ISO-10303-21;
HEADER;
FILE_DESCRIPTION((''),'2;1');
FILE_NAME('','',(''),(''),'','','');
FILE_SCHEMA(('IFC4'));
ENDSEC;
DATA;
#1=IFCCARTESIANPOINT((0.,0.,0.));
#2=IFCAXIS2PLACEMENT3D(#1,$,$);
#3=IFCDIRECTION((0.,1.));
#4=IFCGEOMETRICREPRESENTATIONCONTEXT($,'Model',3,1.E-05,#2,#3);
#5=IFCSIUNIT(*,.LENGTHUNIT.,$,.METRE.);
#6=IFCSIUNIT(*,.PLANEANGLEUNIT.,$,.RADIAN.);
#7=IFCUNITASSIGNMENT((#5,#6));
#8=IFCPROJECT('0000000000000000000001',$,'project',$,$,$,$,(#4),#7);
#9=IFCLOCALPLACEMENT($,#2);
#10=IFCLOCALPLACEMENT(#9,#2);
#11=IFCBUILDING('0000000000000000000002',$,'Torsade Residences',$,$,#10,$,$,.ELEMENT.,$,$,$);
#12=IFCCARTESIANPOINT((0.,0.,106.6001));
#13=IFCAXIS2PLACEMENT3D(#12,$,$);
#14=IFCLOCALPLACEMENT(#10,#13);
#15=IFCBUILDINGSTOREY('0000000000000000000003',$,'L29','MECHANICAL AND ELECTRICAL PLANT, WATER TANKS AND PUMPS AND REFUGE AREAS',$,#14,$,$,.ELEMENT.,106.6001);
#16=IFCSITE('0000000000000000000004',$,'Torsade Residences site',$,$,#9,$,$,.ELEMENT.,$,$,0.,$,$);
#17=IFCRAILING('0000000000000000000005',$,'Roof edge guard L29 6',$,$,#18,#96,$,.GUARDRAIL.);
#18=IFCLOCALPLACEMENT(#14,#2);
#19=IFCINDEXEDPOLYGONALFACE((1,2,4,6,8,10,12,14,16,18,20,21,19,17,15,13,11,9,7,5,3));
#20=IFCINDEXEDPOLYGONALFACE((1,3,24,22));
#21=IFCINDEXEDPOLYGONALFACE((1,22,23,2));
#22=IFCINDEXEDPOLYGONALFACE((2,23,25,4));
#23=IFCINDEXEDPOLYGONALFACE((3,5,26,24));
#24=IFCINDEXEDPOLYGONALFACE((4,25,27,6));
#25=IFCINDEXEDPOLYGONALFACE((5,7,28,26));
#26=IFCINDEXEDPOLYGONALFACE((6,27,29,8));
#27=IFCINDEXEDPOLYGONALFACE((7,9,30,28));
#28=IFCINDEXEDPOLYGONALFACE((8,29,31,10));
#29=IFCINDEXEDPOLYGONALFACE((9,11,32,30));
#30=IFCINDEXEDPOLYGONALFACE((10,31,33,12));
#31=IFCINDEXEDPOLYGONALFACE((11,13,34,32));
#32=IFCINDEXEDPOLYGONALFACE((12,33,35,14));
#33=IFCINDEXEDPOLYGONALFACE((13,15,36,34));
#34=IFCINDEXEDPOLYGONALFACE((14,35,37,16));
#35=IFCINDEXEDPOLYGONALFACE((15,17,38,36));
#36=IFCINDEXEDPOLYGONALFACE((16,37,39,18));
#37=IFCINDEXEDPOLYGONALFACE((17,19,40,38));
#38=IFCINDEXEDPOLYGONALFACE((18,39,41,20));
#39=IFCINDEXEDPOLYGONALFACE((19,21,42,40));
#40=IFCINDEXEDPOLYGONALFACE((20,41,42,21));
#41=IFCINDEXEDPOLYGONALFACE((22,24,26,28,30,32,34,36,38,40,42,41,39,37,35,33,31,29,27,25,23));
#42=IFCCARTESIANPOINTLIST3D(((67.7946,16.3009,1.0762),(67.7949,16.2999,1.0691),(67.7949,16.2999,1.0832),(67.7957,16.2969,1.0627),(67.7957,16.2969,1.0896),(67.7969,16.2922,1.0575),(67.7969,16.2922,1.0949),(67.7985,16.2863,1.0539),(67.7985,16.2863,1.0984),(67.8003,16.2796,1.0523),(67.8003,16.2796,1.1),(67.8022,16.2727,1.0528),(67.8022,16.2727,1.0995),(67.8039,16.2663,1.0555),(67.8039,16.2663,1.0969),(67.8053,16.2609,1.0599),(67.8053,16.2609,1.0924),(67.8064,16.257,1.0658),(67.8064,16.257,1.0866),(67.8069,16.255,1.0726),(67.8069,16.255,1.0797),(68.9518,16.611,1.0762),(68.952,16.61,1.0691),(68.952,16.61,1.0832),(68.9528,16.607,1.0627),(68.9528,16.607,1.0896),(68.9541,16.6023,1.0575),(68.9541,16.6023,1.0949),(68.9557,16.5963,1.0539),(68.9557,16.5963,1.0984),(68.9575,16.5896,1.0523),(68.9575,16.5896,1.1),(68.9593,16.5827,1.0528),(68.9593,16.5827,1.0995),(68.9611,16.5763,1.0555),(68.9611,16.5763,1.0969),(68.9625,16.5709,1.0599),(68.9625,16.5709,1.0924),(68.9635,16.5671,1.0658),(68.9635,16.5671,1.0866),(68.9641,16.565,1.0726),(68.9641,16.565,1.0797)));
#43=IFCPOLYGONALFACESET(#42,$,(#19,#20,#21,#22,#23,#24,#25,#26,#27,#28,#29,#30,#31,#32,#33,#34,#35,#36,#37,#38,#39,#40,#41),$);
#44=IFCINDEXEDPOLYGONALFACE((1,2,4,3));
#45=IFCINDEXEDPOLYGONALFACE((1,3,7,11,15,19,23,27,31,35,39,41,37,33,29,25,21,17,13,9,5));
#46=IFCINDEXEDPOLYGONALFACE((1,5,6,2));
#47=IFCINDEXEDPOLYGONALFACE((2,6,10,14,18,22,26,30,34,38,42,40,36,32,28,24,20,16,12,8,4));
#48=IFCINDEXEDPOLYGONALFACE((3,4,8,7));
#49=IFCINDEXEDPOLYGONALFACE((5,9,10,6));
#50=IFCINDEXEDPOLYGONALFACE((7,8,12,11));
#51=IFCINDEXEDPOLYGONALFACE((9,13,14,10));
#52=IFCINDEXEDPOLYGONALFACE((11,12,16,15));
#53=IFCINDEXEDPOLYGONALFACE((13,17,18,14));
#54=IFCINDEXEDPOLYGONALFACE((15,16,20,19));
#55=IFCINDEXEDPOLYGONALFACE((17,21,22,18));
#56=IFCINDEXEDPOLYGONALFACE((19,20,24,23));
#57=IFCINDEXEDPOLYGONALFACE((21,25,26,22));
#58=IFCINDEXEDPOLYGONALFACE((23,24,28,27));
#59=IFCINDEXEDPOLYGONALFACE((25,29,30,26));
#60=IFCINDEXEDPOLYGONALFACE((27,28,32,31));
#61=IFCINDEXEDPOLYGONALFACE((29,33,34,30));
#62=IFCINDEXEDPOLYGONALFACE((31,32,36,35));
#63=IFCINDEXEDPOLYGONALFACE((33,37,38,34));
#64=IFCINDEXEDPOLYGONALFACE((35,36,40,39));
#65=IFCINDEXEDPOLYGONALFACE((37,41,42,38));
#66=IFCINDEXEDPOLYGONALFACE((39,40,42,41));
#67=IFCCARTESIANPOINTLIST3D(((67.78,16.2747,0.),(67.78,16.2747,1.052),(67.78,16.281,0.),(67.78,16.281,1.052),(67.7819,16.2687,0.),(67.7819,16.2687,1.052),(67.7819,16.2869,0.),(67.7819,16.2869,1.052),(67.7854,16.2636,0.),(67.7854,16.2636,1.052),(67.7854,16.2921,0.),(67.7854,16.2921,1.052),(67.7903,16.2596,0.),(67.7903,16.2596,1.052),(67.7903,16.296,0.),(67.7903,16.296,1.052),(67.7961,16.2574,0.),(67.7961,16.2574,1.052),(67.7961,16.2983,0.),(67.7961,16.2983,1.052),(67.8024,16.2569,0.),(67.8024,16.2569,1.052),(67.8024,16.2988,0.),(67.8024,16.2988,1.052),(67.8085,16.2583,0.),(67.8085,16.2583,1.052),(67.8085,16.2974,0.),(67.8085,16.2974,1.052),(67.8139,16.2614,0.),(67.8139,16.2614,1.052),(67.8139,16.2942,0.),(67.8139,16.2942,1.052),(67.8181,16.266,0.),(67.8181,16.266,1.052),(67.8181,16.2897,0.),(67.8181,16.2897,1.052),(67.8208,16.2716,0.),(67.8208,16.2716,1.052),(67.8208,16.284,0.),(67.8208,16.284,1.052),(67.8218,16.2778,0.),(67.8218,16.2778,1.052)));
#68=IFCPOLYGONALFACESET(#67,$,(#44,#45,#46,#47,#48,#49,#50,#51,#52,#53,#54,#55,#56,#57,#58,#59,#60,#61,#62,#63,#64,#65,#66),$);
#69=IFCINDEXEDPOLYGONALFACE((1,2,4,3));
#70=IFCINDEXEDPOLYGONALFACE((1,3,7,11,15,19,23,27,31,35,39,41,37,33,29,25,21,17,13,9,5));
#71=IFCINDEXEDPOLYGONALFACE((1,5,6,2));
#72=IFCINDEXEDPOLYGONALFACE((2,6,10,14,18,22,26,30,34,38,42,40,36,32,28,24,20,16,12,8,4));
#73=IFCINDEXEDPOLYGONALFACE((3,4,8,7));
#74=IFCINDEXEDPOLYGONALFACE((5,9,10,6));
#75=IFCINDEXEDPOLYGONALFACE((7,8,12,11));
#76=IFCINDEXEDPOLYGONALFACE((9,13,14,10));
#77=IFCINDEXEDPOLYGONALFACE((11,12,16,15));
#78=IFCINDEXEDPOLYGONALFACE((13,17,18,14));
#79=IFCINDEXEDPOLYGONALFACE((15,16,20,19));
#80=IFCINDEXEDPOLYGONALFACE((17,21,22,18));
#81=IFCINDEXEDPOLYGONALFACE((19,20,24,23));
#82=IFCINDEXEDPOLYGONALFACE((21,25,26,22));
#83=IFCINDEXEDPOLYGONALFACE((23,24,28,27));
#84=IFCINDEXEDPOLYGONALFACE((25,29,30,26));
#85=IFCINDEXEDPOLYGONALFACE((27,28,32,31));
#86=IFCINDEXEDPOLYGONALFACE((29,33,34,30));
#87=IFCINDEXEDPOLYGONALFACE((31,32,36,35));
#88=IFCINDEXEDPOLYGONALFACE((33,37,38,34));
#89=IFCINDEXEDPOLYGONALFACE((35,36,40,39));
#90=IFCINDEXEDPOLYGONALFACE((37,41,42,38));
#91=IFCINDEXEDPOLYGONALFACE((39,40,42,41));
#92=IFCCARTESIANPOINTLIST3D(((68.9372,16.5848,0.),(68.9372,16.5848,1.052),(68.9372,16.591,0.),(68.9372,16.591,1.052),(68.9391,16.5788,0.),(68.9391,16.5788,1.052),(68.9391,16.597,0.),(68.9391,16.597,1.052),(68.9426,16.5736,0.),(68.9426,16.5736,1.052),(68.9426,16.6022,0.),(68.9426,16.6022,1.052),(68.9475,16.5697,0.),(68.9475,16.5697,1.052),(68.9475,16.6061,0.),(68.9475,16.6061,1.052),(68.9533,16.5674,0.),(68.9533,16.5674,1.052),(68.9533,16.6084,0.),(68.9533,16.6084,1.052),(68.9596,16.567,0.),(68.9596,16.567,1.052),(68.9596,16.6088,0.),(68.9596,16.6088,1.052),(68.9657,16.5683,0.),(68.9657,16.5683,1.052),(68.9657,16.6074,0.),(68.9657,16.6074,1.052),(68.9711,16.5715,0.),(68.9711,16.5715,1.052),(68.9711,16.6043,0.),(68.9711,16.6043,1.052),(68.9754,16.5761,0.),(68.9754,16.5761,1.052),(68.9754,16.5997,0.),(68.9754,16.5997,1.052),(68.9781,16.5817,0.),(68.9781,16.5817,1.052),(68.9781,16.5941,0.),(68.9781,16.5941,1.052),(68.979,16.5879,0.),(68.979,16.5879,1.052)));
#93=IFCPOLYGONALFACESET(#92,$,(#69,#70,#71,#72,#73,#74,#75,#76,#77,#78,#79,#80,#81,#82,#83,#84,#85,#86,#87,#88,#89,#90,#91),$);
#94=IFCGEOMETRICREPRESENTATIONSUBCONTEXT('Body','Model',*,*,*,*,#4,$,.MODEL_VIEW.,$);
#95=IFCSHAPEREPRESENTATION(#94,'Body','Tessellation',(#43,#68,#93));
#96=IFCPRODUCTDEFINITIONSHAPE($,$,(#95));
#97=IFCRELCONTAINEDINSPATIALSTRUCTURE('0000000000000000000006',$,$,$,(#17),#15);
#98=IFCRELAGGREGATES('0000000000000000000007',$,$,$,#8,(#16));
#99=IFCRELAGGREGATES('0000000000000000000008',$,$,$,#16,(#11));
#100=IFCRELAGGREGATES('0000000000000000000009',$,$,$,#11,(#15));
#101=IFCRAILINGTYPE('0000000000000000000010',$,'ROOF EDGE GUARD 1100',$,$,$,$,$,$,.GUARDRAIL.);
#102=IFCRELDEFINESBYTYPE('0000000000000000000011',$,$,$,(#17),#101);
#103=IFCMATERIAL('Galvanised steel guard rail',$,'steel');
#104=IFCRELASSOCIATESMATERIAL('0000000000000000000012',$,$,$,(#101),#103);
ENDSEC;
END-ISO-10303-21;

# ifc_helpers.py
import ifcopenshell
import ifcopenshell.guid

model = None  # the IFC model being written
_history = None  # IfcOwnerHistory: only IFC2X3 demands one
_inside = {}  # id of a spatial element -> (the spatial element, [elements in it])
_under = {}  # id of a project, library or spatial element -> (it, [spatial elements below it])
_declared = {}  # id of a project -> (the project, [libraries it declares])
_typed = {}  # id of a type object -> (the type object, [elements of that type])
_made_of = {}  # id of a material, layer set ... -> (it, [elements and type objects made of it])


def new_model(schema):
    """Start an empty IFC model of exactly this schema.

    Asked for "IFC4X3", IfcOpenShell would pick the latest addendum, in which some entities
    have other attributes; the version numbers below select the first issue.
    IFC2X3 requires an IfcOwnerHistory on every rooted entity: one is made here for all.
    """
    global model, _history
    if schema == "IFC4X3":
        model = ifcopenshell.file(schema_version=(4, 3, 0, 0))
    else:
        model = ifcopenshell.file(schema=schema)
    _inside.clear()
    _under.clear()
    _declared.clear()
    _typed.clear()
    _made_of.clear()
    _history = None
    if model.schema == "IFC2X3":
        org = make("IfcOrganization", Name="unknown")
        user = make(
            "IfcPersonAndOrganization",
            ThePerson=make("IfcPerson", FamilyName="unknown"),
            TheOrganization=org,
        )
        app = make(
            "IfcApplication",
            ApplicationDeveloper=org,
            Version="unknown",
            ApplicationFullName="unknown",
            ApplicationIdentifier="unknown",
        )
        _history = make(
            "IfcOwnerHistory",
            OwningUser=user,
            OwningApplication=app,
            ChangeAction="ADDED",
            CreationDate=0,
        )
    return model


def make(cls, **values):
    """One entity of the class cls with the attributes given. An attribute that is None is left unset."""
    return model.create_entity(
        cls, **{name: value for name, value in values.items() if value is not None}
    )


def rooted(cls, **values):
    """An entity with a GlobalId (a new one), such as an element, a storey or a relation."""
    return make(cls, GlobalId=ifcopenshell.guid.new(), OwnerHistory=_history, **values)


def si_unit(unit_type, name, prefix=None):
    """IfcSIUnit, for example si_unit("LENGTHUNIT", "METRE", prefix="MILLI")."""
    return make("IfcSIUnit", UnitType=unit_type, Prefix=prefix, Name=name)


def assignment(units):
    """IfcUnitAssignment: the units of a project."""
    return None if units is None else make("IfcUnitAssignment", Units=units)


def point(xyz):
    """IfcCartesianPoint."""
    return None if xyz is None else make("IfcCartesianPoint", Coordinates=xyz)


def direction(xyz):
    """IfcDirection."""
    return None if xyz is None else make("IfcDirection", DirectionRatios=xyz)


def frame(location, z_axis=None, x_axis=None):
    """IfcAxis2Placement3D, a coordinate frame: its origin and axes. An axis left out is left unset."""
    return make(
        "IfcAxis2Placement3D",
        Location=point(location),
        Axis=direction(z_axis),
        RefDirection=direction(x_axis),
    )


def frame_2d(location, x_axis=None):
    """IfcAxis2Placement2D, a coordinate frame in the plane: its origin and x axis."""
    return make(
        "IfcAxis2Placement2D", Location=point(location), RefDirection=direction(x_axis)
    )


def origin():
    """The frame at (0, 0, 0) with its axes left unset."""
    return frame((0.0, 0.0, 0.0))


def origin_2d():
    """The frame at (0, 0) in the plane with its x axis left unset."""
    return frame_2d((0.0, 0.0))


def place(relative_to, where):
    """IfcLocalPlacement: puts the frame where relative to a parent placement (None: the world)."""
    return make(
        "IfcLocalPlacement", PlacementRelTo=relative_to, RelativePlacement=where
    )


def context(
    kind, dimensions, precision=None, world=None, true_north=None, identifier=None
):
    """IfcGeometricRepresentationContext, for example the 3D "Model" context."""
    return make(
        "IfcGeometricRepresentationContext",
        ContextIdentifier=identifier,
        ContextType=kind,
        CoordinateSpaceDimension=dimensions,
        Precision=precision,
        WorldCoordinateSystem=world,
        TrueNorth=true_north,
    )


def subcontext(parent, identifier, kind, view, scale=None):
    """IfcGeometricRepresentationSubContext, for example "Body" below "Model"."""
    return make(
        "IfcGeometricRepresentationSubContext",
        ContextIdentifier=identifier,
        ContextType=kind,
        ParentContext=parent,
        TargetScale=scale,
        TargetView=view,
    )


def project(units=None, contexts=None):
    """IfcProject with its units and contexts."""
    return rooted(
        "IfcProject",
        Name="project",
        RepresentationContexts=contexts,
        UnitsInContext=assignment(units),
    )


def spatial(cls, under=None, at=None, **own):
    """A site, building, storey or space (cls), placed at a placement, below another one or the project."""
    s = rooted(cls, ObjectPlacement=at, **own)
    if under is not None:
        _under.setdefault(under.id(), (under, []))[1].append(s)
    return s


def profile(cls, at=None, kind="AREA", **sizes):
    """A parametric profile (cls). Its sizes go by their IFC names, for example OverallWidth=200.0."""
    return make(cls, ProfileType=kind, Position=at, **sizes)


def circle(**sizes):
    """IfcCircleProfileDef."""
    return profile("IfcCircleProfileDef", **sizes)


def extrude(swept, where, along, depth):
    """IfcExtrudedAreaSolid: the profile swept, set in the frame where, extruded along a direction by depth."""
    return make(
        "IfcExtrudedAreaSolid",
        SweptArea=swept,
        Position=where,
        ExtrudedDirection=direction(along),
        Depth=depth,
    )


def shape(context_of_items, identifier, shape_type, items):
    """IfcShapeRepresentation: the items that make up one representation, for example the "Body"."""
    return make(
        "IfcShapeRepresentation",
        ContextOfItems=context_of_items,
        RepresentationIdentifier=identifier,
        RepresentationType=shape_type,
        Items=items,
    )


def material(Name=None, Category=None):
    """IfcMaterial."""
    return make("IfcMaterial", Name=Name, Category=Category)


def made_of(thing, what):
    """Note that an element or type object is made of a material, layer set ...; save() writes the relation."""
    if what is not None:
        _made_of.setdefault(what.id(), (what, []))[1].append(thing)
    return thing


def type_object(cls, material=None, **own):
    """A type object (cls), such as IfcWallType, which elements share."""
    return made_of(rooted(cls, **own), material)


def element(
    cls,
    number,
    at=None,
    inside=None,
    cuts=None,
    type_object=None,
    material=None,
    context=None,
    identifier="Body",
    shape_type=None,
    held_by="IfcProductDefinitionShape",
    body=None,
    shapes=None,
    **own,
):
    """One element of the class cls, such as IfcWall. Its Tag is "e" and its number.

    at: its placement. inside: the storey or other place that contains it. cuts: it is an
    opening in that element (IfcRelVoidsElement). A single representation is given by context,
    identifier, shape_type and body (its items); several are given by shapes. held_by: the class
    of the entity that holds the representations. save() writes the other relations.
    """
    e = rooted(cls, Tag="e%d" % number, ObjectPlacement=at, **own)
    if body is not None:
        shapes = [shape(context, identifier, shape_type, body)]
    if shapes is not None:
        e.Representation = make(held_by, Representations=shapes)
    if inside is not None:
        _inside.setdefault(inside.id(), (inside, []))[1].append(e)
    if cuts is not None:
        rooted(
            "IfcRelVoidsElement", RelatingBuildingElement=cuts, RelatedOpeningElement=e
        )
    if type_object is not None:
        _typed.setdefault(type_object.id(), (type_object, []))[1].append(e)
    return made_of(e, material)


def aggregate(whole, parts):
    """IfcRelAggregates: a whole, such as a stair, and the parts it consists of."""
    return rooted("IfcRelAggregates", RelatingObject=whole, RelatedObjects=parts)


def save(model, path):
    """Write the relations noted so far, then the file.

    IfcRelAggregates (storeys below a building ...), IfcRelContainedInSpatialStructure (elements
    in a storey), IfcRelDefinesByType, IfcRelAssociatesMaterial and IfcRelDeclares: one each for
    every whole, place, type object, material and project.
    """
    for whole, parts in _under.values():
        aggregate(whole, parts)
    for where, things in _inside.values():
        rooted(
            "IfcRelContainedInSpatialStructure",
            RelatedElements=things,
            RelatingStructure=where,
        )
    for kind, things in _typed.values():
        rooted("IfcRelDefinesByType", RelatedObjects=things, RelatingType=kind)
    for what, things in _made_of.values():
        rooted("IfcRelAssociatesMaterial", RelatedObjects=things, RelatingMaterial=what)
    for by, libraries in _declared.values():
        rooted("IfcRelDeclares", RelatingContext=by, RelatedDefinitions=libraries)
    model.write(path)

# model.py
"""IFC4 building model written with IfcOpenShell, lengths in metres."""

from ifc_helpers import new_model, si_unit, direction, frame, origin, origin_2d, place, context, subcontext, project, spatial, circle, extrude, material, type_object, element, save


model = new_model("IFC4")

# Units and contexts
model_context = context("Model", 3, precision=1e-05, world=origin(), true_north=direction((0.0, 1.0)))
body_context = subcontext(model_context, "Body", "Model", "MODEL_VIEW")
ifc_project = project(units=[si_unit("LENGTHUNIT", "METRE"), si_unit("PLANEANGLEUNIT", "RADIAN")], contexts=[model_context])

# Site, building, storey
site_placement = place(None, origin())
site = spatial("IfcSite", under=ifc_project, at=site_placement, Name="Torsade Residences site", CompositionType="ELEMENT", RefElevation=0.0)
building_placement = place(site_placement, origin())
building = spatial("IfcBuilding", under=site, at=building_placement, Name="Torsade Residences", CompositionType="ELEMENT")
storey_placement = place(building_placement, frame((0.0, 0.0, 106.6001)))
storey = spatial("IfcBuildingStorey", under=building, at=storey_placement, Name="L29", Description="MECHANICAL AND ELECTRICAL PLANT, WATER TANKS AND PUMPS AND REFUGE AREAS", CompositionType="ELEMENT", Elevation=106.6001)

# Railing
ifc_material_1 = material(Name="Galvanised steel guard rail", Category="steel")
railing_type = type_object("IfcRailingType", Name="ROOF EDGE GUARD 1100", PredefinedType="GUARDRAIL", material=ifc_material_1)
railing_1_placement = place(storey_placement, frame((67.8008, 16.2778, 0.0)))
element("IfcRailing", 1, at=railing_1_placement, inside=storey, type_object=railing_type, Name="Roof edge guard L29 6", PredefinedType="GUARDRAIL", context=body_context, shape_type="SweptSolid", body=[
    extrude(circle(Radius=0.0239, at=origin_2d()), frame((0.0, 0.0, 1.0762), z_axis=(0.96593, 0.258804, 0.0), x_axis=(-0.258804, 0.96593, 0.0)), (0.0, 0.0, 1.0), 1.198),
    extrude(circle(Radius=0.021, at=origin_2d()), origin(), (0.0, 0.0, 1.0), 1.052),
    extrude(circle(Radius=0.021, at=origin_2d()), frame((1.1572, 0.3101, 0.0)), (0.0, 0.0, 1.0), 1.052),
])

save(model, "model.ifc")
